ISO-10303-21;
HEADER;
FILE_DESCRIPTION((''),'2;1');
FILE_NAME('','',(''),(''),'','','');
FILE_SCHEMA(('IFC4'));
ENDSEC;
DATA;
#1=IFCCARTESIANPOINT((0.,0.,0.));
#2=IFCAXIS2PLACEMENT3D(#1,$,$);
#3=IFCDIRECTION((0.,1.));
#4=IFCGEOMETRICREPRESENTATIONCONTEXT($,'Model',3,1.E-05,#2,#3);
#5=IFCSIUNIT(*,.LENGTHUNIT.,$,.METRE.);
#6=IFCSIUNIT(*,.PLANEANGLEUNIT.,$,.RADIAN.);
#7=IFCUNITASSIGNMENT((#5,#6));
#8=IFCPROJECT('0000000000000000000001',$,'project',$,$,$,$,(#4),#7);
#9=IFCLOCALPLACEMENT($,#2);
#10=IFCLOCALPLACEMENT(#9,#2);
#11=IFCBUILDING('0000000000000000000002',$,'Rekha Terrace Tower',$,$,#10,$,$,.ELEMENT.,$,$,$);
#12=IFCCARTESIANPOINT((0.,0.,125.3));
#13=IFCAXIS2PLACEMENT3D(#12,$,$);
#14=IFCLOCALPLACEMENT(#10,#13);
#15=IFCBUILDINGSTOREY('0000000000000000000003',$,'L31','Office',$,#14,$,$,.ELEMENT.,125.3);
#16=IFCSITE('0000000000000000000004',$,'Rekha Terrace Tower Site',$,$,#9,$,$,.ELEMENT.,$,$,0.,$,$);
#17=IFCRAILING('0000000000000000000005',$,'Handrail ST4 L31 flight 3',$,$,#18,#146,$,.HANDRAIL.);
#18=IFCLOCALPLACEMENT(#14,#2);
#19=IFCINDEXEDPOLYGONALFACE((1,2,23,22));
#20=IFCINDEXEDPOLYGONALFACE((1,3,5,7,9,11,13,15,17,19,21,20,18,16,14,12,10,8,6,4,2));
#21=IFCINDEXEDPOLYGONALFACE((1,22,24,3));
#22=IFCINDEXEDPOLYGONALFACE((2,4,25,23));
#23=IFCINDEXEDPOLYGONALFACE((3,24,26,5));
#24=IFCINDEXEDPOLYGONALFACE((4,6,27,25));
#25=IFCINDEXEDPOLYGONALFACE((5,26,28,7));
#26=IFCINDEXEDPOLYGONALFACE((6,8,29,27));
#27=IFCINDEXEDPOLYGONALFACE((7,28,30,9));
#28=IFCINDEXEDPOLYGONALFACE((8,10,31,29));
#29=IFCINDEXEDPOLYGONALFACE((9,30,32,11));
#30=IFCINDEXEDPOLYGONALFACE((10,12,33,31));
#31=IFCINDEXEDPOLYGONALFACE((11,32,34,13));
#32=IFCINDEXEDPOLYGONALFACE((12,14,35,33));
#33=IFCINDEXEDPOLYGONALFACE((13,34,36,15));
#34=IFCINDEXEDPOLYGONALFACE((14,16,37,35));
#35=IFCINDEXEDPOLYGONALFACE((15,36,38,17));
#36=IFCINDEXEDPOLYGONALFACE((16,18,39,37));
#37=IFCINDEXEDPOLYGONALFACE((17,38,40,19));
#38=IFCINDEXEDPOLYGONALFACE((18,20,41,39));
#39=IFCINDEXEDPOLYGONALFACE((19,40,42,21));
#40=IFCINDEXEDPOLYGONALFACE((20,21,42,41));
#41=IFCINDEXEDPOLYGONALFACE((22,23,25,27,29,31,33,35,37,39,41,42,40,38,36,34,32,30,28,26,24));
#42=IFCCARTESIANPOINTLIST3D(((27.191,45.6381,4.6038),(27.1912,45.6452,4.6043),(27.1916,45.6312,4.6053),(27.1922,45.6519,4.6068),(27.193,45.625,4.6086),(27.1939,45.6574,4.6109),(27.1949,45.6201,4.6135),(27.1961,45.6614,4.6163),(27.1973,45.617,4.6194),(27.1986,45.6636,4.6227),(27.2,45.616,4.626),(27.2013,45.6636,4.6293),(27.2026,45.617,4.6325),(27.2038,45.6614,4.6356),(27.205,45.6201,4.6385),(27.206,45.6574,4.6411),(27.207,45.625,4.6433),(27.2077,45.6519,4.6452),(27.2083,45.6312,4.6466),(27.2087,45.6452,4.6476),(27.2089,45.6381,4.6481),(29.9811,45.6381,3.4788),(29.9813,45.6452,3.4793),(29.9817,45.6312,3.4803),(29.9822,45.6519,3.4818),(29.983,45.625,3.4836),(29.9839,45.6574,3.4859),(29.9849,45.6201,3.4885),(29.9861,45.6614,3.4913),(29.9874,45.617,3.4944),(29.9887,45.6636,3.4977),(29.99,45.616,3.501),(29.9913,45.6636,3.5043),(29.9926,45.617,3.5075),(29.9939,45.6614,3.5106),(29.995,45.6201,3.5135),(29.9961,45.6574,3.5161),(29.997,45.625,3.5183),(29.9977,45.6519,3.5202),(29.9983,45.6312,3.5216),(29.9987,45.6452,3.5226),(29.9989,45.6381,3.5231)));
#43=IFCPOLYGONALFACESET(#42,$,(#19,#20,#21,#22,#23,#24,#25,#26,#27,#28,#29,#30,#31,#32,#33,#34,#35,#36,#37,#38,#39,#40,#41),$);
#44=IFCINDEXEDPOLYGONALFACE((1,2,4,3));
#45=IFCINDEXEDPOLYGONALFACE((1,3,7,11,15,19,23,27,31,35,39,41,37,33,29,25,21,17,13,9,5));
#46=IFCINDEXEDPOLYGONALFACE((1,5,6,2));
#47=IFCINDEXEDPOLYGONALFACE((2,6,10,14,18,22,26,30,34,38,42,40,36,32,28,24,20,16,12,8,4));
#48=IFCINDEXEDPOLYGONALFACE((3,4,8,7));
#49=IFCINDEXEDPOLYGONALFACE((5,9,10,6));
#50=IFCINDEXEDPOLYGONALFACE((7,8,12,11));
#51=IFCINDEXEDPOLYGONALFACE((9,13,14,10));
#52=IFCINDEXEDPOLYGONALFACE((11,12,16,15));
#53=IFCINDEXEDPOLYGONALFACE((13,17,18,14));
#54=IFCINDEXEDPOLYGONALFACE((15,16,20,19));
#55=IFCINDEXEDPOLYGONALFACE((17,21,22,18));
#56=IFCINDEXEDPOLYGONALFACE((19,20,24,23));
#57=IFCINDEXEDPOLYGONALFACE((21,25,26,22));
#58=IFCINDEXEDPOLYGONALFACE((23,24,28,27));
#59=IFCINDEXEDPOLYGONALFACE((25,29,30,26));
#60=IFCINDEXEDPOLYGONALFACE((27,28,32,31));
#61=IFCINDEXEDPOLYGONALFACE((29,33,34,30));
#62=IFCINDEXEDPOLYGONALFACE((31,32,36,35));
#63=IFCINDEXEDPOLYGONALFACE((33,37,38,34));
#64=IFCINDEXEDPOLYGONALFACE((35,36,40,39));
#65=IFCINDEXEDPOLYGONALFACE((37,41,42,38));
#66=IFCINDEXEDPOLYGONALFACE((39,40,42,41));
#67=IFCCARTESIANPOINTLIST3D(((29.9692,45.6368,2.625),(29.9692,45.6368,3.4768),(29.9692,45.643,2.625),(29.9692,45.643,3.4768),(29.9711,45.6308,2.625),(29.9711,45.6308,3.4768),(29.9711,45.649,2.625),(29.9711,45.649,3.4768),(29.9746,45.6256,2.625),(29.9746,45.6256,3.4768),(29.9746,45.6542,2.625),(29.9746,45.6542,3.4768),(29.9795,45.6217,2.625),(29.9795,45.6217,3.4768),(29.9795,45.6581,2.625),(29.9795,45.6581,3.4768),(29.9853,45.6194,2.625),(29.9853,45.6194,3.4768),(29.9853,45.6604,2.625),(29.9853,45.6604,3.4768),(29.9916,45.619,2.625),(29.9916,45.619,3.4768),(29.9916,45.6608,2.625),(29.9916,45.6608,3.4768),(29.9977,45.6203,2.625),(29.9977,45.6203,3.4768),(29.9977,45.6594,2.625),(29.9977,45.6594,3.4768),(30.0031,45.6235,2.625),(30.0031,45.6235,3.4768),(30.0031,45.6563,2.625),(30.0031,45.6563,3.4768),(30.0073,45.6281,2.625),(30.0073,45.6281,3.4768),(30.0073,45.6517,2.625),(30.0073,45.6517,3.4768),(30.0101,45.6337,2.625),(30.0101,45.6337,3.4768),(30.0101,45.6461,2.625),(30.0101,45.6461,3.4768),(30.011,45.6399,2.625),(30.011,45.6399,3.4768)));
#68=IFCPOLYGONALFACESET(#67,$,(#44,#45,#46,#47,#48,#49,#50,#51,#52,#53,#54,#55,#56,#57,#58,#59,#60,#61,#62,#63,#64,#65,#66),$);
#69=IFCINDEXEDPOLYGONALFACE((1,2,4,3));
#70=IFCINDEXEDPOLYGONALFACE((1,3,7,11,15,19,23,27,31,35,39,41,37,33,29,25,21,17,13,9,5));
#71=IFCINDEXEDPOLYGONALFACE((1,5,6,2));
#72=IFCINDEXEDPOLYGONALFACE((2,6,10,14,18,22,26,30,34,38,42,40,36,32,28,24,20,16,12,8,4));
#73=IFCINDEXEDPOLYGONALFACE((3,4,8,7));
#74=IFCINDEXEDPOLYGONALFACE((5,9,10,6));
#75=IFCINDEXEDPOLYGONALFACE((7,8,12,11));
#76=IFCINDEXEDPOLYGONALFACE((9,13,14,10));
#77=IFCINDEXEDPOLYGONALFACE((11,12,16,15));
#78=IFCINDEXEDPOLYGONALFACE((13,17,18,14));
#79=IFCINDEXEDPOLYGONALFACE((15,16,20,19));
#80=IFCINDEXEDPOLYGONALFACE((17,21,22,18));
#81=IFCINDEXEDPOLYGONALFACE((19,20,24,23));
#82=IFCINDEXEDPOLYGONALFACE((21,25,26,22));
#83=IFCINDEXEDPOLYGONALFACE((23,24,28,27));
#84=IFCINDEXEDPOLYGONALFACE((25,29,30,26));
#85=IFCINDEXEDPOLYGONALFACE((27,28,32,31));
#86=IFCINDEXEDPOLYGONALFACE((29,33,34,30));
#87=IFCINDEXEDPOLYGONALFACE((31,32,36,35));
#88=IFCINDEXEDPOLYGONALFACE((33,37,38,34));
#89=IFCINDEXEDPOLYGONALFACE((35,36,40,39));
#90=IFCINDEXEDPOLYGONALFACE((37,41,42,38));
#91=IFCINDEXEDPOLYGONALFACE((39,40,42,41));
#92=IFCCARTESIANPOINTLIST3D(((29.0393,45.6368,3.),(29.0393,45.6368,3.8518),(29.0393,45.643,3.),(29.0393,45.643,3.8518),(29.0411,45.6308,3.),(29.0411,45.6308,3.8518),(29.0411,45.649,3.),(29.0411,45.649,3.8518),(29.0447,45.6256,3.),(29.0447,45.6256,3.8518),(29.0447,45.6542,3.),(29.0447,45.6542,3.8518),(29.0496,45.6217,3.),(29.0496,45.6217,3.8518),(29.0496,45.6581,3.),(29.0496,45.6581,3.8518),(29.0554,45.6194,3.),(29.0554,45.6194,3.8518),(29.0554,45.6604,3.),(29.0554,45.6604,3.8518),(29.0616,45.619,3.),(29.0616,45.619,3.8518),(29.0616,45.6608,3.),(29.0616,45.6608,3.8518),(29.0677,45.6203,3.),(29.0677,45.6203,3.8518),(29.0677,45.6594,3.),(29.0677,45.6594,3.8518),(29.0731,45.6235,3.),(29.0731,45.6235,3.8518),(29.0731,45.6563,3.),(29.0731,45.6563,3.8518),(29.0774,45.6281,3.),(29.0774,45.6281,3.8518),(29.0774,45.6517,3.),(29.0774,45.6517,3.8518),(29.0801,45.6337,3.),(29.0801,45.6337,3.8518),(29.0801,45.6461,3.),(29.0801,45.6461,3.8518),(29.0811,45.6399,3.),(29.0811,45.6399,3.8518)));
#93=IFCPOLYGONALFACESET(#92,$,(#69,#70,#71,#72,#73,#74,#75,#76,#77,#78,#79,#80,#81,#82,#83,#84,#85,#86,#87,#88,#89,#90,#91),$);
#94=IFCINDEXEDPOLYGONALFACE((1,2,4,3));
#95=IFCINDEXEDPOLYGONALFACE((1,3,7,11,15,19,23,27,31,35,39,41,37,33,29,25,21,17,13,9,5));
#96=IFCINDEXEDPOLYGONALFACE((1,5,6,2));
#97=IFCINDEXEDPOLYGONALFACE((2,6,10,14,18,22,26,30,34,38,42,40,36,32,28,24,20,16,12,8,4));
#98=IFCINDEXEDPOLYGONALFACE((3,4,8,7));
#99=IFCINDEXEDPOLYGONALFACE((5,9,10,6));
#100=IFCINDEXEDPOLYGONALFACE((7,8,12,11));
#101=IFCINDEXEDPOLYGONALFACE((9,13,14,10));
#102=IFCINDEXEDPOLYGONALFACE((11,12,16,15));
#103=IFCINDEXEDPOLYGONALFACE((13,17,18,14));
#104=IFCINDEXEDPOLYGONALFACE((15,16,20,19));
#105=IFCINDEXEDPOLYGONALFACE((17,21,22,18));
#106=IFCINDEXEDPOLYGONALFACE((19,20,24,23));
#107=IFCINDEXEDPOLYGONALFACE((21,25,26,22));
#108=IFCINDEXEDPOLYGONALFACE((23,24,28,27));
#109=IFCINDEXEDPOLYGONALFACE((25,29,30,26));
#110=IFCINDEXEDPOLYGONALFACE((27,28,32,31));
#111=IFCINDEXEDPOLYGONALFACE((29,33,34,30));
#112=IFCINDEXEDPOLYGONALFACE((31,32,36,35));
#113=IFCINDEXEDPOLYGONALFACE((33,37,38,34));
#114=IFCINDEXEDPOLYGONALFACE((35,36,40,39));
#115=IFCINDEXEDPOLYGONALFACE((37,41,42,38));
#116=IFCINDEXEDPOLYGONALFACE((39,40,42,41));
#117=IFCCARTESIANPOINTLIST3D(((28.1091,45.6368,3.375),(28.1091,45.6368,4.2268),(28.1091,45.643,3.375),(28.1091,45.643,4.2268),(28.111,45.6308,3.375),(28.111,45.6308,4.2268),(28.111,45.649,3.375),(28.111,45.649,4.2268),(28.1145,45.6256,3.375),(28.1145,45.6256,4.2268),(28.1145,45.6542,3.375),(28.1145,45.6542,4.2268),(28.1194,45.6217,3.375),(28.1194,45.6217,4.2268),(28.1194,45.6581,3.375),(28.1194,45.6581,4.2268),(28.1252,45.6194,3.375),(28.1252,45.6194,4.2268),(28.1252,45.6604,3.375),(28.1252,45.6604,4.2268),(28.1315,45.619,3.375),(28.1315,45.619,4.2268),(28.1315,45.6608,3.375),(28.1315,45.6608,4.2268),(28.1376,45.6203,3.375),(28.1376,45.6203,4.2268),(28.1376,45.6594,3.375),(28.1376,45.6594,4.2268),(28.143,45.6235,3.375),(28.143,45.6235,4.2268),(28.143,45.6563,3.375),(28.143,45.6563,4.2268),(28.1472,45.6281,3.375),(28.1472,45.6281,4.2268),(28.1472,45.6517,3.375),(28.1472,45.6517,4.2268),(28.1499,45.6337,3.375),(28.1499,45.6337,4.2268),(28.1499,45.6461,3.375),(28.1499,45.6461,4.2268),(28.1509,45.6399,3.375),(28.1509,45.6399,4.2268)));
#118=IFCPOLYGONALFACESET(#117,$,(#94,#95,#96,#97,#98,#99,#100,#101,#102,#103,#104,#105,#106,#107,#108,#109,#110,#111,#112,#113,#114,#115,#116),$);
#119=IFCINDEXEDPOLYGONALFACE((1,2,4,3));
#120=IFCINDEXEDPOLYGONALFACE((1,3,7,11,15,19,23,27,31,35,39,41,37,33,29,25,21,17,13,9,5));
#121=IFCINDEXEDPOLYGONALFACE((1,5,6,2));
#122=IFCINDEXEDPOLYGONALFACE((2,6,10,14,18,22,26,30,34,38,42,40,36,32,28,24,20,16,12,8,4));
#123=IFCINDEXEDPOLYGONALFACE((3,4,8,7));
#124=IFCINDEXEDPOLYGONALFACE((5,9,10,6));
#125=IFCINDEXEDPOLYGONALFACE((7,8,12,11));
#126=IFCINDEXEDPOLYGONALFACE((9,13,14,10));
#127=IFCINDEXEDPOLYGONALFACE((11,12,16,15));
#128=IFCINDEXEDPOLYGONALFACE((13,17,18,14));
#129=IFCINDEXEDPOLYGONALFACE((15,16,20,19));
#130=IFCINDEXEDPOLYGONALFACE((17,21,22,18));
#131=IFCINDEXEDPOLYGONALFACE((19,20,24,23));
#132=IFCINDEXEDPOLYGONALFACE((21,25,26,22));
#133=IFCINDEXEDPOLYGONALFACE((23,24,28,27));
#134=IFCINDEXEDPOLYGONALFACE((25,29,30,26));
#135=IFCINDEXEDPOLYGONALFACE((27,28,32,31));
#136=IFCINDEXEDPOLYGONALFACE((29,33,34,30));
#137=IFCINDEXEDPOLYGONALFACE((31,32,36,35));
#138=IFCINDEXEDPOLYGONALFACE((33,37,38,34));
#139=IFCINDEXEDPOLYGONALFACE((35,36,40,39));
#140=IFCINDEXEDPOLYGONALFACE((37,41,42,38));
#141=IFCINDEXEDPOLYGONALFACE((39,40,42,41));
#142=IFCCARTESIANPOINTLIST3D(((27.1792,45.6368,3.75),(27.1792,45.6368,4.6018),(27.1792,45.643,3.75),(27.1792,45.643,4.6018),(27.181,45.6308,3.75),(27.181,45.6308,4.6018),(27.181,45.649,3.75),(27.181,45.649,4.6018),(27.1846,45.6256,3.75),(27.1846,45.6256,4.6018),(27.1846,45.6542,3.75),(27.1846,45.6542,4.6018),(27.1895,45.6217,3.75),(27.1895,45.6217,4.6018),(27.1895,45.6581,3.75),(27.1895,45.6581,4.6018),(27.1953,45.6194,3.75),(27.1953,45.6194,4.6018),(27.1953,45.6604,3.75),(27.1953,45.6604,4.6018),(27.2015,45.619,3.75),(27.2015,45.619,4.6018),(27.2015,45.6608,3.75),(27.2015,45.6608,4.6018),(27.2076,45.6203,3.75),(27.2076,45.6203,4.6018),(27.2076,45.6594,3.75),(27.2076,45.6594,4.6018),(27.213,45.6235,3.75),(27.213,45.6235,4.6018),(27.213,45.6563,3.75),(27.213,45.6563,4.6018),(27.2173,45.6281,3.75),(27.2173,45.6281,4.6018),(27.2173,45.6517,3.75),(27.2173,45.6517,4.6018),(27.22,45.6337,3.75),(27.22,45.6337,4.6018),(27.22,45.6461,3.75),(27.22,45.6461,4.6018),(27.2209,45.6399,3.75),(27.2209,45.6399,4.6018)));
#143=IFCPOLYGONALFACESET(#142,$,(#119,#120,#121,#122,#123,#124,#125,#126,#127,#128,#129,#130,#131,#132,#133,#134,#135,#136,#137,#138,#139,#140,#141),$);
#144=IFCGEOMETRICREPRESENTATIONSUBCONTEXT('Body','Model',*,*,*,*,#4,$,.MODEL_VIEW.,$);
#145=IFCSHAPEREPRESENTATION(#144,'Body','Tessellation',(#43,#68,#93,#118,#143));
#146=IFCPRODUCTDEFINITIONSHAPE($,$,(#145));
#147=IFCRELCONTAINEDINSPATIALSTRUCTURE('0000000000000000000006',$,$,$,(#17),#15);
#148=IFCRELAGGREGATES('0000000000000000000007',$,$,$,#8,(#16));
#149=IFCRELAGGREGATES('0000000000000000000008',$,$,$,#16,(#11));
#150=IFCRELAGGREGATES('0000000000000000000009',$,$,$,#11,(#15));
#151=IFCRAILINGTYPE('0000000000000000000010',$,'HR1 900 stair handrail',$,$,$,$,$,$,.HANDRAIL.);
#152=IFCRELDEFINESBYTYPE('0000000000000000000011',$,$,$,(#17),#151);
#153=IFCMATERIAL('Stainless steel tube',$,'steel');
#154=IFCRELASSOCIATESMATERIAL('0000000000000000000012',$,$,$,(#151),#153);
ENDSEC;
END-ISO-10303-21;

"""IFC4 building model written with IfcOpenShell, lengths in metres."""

from ifc_helpers import new_model, si_unit, direction, frame, origin, origin_2d, place, context, subcontext, project, spatial, circle, extrude, material, type_object, element, save


model = new_model("IFC4")

# Units and contexts
model_context = context("Model", 3, precision=1e-05, world=origin(), true_north=direction((0.0, 1.0)))
body_context = subcontext(model_context, "Body", "Model", "MODEL_VIEW")
ifc_project = project(units=[si_unit("LENGTHUNIT", "METRE"), si_unit("PLANEANGLEUNIT", "RADIAN")], contexts=[model_context])

# Site, building, storey
site_placement = place(None, origin())
site = spatial("IfcSite", under=ifc_project, at=site_placement, Name="Rekha Terrace Tower Site", CompositionType="ELEMENT", RefElevation=0.0)
building_placement = place(site_placement, origin())
building = spatial("IfcBuilding", under=site, at=building_placement, Name="Rekha Terrace Tower", CompositionType="ELEMENT")
storey_placement = place(building_placement, frame((0.0, 0.0, 125.3)))
storey = spatial("IfcBuildingStorey", under=building, at=storey_placement, Name="L31", Description="Office", CompositionType="ELEMENT", Elevation=125.3)

# Railing
ifc_material_1 = material(Name="Stainless steel tube", Category="steel")
railing_type_1 = type_object("IfcRailingType", Name="HR1 900 stair handrail", PredefinedType="HANDRAIL", material=ifc_material_1)
railing_1_placement = place(storey_placement, frame((29.99, 45.6399, 2.625)))
element("IfcRailing", 1, at=railing_1_placement, inside=storey, type_object=railing_type_1, Name="Handrail ST4 L31 flight 3", PredefinedType="HANDRAIL", context=body_context, shape_type="SweptSolid", body=[
    extrude(circle(Radius=0.0239, at=origin_2d()), frame((0.0, 0.0, 0.876), z_axis=(-0.927443, 0.0, 0.373964), x_axis=(0.0, -1.0, 0.0)), (0.0, 0.0, 1.0), 3.0083),
    extrude(circle(Radius=0.021, at=origin_2d()), origin(), (0.0, 0.0, 1.0), 0.8518),
    extrude(circle(Radius=0.021, at=origin_2d()), frame((-0.9299, 0.0, 0.375)), (0.0, 0.0, 1.0), 0.8518),
    extrude(circle(Radius=0.021, at=origin_2d()), frame((-1.8601, 0.0, 0.75)), (0.0, 0.0, 1.0), 0.8518),
    extrude(circle(Radius=0.021, at=origin_2d()), frame((-2.79, 0.0, 1.125)), (0.0, 0.0, 1.0), 0.8518),
])

save(model, "model.ifc")
